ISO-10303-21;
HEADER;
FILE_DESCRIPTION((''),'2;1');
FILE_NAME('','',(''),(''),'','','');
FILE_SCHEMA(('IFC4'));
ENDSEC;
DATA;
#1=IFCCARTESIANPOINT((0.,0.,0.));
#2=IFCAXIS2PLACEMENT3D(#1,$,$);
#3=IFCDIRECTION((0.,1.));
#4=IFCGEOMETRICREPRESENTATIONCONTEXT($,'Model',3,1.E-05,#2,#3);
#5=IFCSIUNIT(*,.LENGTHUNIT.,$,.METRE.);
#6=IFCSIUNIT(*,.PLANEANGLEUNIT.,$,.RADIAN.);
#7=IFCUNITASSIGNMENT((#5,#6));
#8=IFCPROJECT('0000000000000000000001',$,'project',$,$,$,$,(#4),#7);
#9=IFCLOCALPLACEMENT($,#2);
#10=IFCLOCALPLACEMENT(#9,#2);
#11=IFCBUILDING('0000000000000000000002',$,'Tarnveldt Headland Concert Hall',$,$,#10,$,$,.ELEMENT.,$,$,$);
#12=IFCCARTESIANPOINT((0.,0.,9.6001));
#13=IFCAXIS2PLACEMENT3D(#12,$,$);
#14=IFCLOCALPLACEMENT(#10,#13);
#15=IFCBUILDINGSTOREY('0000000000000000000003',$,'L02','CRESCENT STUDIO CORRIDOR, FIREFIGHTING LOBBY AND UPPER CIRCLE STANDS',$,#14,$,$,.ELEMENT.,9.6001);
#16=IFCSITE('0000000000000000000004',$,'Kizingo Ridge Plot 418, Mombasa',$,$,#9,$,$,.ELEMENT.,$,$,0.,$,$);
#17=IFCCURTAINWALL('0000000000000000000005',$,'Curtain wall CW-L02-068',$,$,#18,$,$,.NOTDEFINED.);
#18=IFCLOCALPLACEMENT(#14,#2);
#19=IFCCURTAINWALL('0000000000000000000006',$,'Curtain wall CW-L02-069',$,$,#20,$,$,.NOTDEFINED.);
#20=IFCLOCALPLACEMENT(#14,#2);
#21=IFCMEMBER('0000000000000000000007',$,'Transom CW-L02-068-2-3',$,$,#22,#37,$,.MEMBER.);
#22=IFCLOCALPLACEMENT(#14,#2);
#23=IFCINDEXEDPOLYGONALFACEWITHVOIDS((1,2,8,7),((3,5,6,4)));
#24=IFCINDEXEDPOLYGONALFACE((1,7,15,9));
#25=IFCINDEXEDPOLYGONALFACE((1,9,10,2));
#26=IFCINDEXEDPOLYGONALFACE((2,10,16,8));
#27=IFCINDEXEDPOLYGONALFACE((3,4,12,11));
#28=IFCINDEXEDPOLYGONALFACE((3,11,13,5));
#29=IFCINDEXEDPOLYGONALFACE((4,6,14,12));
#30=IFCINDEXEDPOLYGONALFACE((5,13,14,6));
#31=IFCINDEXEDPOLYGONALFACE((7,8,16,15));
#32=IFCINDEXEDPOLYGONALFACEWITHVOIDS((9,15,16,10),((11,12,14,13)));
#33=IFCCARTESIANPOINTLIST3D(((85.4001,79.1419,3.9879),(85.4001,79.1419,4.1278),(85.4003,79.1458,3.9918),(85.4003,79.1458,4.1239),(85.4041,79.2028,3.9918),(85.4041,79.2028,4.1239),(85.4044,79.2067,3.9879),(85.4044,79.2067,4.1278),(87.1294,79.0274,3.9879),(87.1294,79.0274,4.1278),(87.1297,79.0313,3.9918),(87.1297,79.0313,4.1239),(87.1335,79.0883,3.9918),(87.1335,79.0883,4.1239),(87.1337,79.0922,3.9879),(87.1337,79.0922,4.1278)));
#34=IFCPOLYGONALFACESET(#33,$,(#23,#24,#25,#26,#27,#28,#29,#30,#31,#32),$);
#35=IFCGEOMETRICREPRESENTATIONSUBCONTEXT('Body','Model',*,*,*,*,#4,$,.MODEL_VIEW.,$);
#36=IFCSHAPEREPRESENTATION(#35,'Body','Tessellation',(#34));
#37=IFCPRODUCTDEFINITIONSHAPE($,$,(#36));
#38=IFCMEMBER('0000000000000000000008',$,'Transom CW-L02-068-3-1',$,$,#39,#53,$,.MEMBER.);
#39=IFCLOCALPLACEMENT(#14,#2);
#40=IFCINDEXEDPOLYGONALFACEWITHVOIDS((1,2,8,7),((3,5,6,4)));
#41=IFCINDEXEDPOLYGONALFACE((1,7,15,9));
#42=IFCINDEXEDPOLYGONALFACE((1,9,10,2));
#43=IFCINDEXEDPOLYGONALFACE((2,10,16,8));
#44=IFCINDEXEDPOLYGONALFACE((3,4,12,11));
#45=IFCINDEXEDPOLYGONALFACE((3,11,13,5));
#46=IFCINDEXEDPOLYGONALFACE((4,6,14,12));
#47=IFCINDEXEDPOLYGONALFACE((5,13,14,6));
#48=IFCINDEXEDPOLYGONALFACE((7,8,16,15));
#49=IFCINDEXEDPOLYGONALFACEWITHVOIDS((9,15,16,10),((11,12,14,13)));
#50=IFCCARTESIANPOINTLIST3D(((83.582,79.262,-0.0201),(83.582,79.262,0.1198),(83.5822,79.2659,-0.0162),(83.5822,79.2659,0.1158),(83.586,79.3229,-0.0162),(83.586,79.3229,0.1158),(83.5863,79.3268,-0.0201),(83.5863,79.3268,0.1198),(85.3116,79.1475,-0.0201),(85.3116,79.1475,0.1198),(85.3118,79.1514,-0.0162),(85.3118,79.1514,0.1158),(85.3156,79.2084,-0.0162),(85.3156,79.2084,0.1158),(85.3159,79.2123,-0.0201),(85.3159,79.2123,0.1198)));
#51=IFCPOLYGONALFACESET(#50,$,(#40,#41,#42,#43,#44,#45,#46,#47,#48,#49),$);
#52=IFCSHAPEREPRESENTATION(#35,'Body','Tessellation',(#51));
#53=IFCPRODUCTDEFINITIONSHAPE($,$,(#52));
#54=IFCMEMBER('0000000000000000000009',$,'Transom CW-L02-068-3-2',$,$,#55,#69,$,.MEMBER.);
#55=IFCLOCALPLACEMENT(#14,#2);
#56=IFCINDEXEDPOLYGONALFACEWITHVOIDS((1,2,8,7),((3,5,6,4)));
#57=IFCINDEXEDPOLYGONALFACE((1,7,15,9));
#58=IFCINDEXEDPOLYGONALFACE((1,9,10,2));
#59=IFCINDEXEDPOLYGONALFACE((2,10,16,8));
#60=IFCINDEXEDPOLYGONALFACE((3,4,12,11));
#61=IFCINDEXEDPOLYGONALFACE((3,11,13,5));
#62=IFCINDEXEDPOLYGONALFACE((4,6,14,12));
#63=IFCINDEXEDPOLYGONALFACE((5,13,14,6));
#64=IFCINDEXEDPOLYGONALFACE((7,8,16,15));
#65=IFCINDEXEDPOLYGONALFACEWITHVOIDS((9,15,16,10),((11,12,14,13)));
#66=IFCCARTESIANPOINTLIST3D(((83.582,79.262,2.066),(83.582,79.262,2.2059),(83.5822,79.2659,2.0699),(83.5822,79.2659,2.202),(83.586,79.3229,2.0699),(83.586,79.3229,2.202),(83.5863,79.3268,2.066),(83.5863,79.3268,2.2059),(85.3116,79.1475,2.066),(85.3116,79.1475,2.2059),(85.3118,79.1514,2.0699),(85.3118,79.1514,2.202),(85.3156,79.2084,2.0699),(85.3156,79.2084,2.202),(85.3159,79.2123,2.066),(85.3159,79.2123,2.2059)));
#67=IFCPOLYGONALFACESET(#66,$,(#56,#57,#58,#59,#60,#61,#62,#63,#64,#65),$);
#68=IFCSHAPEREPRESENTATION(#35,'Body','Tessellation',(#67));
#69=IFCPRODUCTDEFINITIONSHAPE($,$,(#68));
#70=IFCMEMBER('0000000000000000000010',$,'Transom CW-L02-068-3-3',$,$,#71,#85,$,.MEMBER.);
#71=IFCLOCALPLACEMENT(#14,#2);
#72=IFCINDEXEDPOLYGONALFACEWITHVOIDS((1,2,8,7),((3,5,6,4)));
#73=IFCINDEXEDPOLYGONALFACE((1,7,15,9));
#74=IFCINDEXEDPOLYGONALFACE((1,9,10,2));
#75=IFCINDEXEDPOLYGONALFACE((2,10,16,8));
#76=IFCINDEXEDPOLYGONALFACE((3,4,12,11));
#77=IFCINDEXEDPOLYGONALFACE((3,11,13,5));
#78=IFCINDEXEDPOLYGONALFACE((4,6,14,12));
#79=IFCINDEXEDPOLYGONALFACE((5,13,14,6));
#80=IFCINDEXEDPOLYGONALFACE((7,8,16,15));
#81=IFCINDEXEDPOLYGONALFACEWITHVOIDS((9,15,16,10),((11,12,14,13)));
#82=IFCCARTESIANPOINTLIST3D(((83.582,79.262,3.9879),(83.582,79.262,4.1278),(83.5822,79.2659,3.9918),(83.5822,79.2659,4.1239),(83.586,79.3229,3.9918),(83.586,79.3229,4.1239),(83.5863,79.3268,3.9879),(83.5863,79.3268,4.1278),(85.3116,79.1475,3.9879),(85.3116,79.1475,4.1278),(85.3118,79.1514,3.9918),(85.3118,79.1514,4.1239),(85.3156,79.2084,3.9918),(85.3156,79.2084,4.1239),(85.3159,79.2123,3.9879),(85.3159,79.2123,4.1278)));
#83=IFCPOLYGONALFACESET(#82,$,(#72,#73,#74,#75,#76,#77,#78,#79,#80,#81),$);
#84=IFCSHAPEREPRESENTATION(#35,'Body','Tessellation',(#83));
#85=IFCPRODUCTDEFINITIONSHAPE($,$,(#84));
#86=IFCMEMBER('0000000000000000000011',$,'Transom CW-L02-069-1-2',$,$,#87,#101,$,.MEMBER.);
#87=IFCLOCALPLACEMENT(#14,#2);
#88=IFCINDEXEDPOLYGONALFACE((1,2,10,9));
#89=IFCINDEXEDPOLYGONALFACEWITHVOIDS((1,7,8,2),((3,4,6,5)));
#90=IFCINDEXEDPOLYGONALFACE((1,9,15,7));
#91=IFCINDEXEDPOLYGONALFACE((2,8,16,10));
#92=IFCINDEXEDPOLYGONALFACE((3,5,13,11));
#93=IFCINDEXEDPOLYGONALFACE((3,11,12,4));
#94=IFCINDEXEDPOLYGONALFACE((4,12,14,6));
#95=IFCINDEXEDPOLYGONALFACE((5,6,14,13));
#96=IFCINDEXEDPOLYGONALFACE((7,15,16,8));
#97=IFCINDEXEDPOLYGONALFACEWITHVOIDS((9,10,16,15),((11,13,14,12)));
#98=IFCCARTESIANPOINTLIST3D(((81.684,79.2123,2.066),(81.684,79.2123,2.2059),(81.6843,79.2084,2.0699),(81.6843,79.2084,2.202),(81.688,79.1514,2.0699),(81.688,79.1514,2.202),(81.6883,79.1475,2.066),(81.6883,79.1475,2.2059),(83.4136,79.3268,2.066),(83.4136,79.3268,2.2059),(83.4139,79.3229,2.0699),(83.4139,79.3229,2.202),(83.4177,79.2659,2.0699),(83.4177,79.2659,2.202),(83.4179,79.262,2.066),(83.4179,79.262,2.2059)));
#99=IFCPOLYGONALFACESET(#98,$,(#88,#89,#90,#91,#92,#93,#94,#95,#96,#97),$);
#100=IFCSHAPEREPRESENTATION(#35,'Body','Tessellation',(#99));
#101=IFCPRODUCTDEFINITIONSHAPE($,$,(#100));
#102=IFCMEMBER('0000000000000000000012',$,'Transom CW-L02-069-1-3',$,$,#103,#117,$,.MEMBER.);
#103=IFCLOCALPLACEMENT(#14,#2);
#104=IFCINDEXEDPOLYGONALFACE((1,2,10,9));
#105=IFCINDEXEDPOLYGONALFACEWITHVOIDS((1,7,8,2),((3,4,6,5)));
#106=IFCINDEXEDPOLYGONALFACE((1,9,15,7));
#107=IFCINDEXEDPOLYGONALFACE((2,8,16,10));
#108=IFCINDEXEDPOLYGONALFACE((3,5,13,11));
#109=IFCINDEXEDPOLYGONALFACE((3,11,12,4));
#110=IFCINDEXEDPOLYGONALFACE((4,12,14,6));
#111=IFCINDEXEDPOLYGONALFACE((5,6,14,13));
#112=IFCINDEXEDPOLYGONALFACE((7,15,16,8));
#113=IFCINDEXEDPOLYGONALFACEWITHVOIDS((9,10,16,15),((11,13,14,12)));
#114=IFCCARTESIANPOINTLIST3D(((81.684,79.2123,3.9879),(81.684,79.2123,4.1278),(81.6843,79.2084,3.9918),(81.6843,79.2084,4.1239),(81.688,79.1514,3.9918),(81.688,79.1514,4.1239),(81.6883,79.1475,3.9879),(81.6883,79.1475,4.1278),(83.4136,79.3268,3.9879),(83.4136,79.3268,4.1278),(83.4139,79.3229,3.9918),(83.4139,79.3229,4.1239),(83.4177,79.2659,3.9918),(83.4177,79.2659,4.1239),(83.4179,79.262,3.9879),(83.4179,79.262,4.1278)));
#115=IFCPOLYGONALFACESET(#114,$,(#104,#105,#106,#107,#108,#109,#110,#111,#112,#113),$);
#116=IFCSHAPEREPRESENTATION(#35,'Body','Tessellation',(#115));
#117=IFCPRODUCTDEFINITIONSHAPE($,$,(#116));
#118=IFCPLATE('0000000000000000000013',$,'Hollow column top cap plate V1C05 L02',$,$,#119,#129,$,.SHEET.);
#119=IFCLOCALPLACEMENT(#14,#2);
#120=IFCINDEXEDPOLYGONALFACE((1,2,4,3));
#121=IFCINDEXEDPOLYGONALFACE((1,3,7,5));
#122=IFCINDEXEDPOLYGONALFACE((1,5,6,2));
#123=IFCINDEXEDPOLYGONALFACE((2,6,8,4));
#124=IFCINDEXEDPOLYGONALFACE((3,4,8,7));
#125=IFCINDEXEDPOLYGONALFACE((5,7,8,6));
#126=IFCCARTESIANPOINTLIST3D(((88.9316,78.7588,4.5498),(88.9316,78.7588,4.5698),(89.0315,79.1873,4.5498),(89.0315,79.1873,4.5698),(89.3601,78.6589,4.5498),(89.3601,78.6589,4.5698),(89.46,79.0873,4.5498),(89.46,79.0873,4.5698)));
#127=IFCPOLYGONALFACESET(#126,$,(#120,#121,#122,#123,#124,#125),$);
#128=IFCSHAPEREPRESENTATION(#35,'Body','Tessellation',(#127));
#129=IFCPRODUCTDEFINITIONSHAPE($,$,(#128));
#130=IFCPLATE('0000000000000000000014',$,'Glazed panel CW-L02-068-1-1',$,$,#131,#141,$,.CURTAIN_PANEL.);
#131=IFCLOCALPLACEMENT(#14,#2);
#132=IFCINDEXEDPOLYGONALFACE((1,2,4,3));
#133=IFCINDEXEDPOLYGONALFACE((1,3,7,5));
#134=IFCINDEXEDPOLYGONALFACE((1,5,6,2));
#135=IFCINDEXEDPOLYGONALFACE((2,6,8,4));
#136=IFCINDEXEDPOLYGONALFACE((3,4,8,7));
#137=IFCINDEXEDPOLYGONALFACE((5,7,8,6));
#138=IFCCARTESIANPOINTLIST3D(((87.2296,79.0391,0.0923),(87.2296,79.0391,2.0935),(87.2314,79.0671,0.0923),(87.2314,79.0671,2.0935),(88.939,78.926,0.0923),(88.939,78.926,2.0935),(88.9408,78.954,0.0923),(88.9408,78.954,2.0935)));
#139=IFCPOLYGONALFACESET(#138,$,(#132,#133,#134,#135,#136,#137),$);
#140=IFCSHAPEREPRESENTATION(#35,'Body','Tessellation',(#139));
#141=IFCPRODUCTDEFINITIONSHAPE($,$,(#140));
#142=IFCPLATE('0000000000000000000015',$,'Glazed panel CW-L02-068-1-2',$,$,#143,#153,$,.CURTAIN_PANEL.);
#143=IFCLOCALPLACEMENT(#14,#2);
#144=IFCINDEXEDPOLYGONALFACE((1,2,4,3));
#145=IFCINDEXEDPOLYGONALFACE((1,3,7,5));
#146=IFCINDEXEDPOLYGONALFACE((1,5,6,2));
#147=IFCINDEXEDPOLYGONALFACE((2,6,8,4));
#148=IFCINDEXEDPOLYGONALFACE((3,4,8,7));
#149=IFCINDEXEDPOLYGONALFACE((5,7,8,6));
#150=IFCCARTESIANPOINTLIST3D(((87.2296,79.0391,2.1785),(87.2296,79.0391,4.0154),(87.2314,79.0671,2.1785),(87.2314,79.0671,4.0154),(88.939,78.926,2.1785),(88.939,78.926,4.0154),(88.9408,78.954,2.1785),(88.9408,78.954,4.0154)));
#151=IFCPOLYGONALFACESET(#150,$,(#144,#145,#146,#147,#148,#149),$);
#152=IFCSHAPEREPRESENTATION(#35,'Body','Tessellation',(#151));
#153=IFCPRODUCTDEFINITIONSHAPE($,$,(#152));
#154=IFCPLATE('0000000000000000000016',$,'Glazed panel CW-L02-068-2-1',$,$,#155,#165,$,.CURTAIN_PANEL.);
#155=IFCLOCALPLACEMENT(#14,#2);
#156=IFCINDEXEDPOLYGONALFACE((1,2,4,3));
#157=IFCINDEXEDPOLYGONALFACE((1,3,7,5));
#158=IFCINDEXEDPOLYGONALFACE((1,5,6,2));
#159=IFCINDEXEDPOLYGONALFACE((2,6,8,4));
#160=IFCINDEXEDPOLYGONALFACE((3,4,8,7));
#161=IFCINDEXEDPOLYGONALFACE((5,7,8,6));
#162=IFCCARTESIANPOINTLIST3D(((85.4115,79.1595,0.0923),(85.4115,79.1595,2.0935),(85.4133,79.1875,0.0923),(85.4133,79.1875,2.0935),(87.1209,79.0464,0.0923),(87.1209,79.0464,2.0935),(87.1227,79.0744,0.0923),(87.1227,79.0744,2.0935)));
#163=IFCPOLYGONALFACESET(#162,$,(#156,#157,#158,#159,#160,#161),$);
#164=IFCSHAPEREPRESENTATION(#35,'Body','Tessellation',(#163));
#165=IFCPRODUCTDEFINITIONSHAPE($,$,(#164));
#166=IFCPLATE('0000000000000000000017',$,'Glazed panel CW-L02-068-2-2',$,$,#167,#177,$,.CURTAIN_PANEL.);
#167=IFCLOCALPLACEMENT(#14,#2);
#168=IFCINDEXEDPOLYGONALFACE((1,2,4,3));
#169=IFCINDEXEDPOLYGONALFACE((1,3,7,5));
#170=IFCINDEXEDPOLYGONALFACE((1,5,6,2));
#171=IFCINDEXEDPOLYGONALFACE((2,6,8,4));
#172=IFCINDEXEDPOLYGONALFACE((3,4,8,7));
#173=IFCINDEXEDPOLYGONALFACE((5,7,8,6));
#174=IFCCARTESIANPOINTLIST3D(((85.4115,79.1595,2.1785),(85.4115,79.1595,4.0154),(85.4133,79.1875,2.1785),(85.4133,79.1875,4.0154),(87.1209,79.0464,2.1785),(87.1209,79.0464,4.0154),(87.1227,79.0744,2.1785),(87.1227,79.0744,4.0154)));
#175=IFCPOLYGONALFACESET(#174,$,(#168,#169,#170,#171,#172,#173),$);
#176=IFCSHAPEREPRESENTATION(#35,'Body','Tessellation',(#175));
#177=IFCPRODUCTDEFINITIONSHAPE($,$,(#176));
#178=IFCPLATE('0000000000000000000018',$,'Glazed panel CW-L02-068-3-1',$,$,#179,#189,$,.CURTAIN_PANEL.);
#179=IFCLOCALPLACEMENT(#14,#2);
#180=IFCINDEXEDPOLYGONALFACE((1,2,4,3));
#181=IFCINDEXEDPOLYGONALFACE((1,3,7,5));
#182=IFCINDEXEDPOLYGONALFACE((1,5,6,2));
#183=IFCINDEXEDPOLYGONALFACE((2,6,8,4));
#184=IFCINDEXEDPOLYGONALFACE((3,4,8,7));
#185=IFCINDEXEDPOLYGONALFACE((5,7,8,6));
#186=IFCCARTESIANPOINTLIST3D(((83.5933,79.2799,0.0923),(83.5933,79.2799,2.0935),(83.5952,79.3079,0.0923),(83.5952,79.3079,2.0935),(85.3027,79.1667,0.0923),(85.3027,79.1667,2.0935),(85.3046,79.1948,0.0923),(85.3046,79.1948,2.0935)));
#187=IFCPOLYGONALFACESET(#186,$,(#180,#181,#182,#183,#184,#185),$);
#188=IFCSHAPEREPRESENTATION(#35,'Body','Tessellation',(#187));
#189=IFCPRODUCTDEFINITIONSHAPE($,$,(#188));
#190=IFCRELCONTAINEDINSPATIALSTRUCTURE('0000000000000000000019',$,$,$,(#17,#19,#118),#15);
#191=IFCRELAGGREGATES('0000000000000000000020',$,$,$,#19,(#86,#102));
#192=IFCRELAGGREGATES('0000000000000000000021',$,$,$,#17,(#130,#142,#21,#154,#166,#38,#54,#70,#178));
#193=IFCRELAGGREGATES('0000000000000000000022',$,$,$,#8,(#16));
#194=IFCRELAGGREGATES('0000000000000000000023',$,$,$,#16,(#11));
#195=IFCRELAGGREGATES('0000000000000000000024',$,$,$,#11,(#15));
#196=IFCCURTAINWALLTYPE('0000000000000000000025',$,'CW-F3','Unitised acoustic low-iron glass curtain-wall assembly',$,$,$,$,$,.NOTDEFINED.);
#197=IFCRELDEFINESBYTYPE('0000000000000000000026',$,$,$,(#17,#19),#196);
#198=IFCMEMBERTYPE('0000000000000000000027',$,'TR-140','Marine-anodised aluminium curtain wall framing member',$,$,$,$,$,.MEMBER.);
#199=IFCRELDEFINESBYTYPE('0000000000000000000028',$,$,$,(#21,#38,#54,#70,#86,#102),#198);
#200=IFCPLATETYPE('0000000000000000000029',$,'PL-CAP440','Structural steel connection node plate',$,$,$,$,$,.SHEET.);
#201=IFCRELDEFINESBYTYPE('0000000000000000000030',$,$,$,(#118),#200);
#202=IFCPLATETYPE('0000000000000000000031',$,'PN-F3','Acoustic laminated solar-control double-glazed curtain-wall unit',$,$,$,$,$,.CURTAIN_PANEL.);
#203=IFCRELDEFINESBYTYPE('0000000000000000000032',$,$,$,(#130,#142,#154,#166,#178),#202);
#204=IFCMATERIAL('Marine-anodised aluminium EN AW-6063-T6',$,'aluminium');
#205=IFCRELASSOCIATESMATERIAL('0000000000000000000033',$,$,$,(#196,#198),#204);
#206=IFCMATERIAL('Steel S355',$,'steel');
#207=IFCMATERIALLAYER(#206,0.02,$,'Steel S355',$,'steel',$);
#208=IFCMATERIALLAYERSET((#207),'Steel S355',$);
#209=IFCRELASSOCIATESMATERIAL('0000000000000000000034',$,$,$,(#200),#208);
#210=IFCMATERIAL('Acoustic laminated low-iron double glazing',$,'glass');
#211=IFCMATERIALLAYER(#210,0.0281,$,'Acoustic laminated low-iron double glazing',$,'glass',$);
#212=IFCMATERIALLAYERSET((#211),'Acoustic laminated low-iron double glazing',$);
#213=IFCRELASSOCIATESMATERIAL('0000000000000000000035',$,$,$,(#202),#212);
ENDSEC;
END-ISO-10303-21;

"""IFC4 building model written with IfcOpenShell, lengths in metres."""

from ifc_helpers import new_model, si_unit, direction, frame, origin, origin_2d, place, context, subcontext, project, spatial, rectangle, hollow_rectangle, extrude, material, layer, layer_set, material_profile, profile_set, type_object, element, aggregate, save


model = new_model("IFC4")

# Units and contexts
model_context = context("Model", 3, precision=1e-05, world=origin(), true_north=direction((0.0, 1.0)))
body_context = subcontext(model_context, "Body", "Model", "MODEL_VIEW")
ifc_project = project(units=[si_unit("LENGTHUNIT", "METRE"), si_unit("PLANEANGLEUNIT", "RADIAN")], contexts=[model_context])

# Site, building, storey
site_placement = place(None, origin())
site = spatial("IfcSite", under=ifc_project, at=site_placement, Name="Kizingo Ridge Plot 418, Mombasa", CompositionType="ELEMENT", RefElevation=0.0)
building_placement = place(site_placement, origin())
building = spatial("IfcBuilding", under=site, at=building_placement, Name="Tarnveldt Headland Concert Hall", CompositionType="ELEMENT")
storey_placement = place(building_placement, frame((0.0, 0.0, 9.6001)))
storey = spatial("IfcBuildingStorey", under=building, at=storey_placement, Name="L02", Description="CRESCENT STUDIO CORRIDOR, FIREFIGHTING LOBBY AND UPPER CIRCLE STANDS", CompositionType="ELEMENT", Elevation=9.6001)

# Shared definitions
ifc_material_1 = material(Name="Steel S355", Category="steel")

# Curtain wall
ifc_material_2 = material(Name="Marine-anodised aluminium EN AW-6063-T6", Category="aluminium")
curtain_wall_type = type_object("IfcCurtainWallType", Name="CW-F3", Description="Unitised acoustic low-iron glass curtain-wall assembly", PredefinedType="NOTDEFINED", material=ifc_material_2)
curtain_wall_1_placement = place(storey_placement, origin())
curtain_wall_1 = element("IfcCurtainWall", 1, at=curtain_wall_1_placement, inside=storey, type_object=curtain_wall_type, Name="Curtain wall CW-L02-068", PredefinedType="NOTDEFINED")

# Curtain wall
curtain_wall_2_placement = place(storey_placement, origin())
curtain_wall_2 = element("IfcCurtainWall", 2, at=curtain_wall_2_placement, inside=storey, type_object=curtain_wall_type, Name="Curtain wall CW-L02-069", PredefinedType="NOTDEFINED")

# Members
ifc_material_profile_1 = material_profile(ifc_material_2, hollow_rectangle(XDim=0.0649, YDim=0.1399, WallThickness=0.0039, at=origin_2d()), Name="ALU TRANSOM 65x140x4", Category="aluminium")
ifc_profile_set_1 = profile_set([ifc_material_profile_1], Name="Marine-anodised aluminium EN AW-6063-T6")
member_type_1 = type_object("IfcMemberType", Name="TR-140", Description="Marine-anodised aluminium curtain wall framing member", PredefinedType="MEMBER", material=ifc_profile_set_1)
member_1_placement = place(storey_placement, frame((87.1316, 79.0598, 4.0579), z_axis=(-0.997815, 0.06607, 0.0), x_axis=(-0.06607, -0.997815, 0.0)))
member_1 = element("IfcMember", 3, at=member_1_placement, type_object=member_type_1, Name="Transom CW-L02-068-2-3", PredefinedType="MEMBER", context=body_context, shape_type="SweptSolid", body=[
    extrude(hollow_rectangle(XDim=0.0649, YDim=0.1399, WallThickness=0.0039, at=origin_2d()), origin(), (0.0, 0.0, 1.0), 1.7332),
])
member_2_placement = place(storey_placement, frame((85.3137, 79.1799, 0.0498), z_axis=(-0.997816, 0.066061, 0.0), x_axis=(-0.066061, -0.997816, 0.0)))
member_2 = element("IfcMember", 4, at=member_2_placement, type_object=member_type_1, Name="Transom CW-L02-068-3-1", PredefinedType="MEMBER", context=body_context, shape_type="SweptSolid", body=[
    extrude(hollow_rectangle(XDim=0.0649, YDim=0.1399, WallThickness=0.0039, at=origin_2d()), origin(), (0.0, 0.0, 1.0), 1.7334),
])
member_3_placement = place(storey_placement, frame((85.3137, 79.1799, 2.136), z_axis=(-0.997816, 0.066061, 0.0), x_axis=(-0.066061, -0.997816, 0.0)))
member_3 = element("IfcMember", 5, at=member_3_placement, type_object=member_type_1, Name="Transom CW-L02-068-3-2", PredefinedType="MEMBER", context=body_context, shape_type="SweptSolid", body=[
    extrude(hollow_rectangle(XDim=0.0649, YDim=0.1399, WallThickness=0.0039, at=origin_2d()), origin(), (0.0, 0.0, 1.0), 1.7334),
])
member_4_placement = place(storey_placement, frame((85.3137, 79.1799, 4.0579), z_axis=(-0.997816, 0.066061, 0.0), x_axis=(-0.066061, -0.997816, 0.0)))
member_4 = element("IfcMember", 6, at=member_4_placement, type_object=member_type_1, Name="Transom CW-L02-068-3-3", PredefinedType="MEMBER", context=body_context, shape_type="SweptSolid", body=[
    extrude(hollow_rectangle(XDim=0.0649, YDim=0.1399, WallThickness=0.0039, at=origin_2d()), origin(), (0.0, 0.0, 1.0), 1.7334),
])
member_5_placement = place(storey_placement, frame((83.4158, 79.2944, 2.136), z_axis=(-0.997816, -0.066061, 0.0), x_axis=(0.066061, -0.997816, 0.0)))
member_5 = element("IfcMember", 7, at=member_5_placement, type_object=member_type_1, Name="Transom CW-L02-069-1-2", PredefinedType="MEMBER", context=body_context, shape_type="SweptSolid", body=[
    extrude(hollow_rectangle(XDim=0.0649, YDim=0.1399, WallThickness=0.0039, at=origin_2d()), origin(), (0.0, 0.0, 1.0), 1.7334),
])
member_6_placement = place(storey_placement, frame((83.4158, 79.2944, 4.0579), z_axis=(-0.997816, -0.066061, 0.0), x_axis=(0.066061, -0.997816, 0.0)))
member_6 = element("IfcMember", 8, at=member_6_placement, type_object=member_type_1, Name="Transom CW-L02-069-1-3", PredefinedType="MEMBER", context=body_context, shape_type="SweptSolid", body=[
    extrude(hollow_rectangle(XDim=0.0649, YDim=0.1399, WallThickness=0.0039, at=origin_2d()), origin(), (0.0, 0.0, 1.0), 1.7334),
])
aggregate(curtain_wall_2, [member_5, member_6])

# Plates
ifc_layer_1 = layer(ifc_material_1, 0.02, Name="Steel S355", Category="steel")
ifc_layer_set_1 = layer_set([ifc_layer_1], Name="Steel S355")
plate_type_1 = type_object("IfcPlateType", Name="PL-CAP440", Description="Structural steel connection node plate", PredefinedType="SHEET", material=ifc_layer_set_1)
plate_1_placement = place(storey_placement, frame((89.1958, 78.9231, 4.5498), z_axis=(0.0, 0.0, 1.0), x_axis=(0.227161, 0.973857, 0.0)))
element("IfcPlate", 9, at=plate_1_placement, inside=storey, type_object=plate_type_1, Name="Hollow column top cap plate V1C05 L02", PredefinedType="SHEET", context=body_context, shape_type="SweptSolid", body=[
    extrude(rectangle(XDim=0.4399, YDim=0.4399, at=origin_2d()), origin(), (0.0, 0.0, 1.0), 0.02),
])
ifc_material_3 = material(Name="Acoustic laminated low-iron double glazing", Category="glass")
ifc_layer_2 = layer(ifc_material_3, 0.0281, Name="Acoustic laminated low-iron double glazing", Category="glass")
ifc_layer_set_2 = layer_set([ifc_layer_2], Name="Acoustic laminated low-iron double glazing")
plate_type_2 = type_object("IfcPlateType", Name="PN-F3", Description="Acoustic laminated solar-control double-glazed curtain-wall unit", PredefinedType="CURTAIN_PANEL", material=ifc_layer_set_2)
plate_2_placement = place(storey_placement, frame((88.0852, 78.9966, 0.0923), z_axis=(0.0, 0.0, 1.0), x_axis=(-0.997818, 0.06603, 0.0)))
plate_2 = element("IfcPlate", 10, at=plate_2_placement, type_object=plate_type_2, Name="Glazed panel CW-L02-068-1-1", PredefinedType="CURTAIN_PANEL", context=body_context, shape_type="SweptSolid", body=[
    extrude(rectangle(XDim=1.7131, YDim=0.0281, at=origin_2d()), origin(), (0.0, 0.0, 1.0), 2.0012),
])
plate_3_placement = place(storey_placement, frame((88.0852, 78.9966, 2.1785), z_axis=(0.0, 0.0, 1.0), x_axis=(-0.997818, 0.06603, 0.0)))
plate_3 = element("IfcPlate", 11, at=plate_3_placement, type_object=plate_type_2, Name="Glazed panel CW-L02-068-1-2", PredefinedType="CURTAIN_PANEL", context=body_context, shape_type="SweptSolid", body=[
    extrude(rectangle(XDim=1.7131, YDim=0.0281, at=origin_2d()), origin(), (0.0, 0.0, 1.0), 1.8369),
])
plate_4_placement = place(storey_placement, frame((86.2671, 79.1169, 0.0923), z_axis=(0.0, 0.0, 1.0), x_axis=(-0.997818, 0.06603, 0.0)))
plate_4 = element("IfcPlate", 12, at=plate_4_placement, type_object=plate_type_2, Name="Glazed panel CW-L02-068-2-1", PredefinedType="CURTAIN_PANEL", context=body_context, shape_type="SweptSolid", body=[
    extrude(rectangle(XDim=1.7131, YDim=0.0281, at=origin_2d()), origin(), (0.0, 0.0, 1.0), 2.0012),
])
plate_5_placement = place(storey_placement, frame((86.2671, 79.1169, 2.1785), z_axis=(0.0, 0.0, 1.0), x_axis=(-0.997818, 0.06603, 0.0)))
plate_5 = element("IfcPlate", 13, at=plate_5_placement, type_object=plate_type_2, Name="Glazed panel CW-L02-068-2-2", PredefinedType="CURTAIN_PANEL", context=body_context, shape_type="SweptSolid", body=[
    extrude(rectangle(XDim=1.7131, YDim=0.0281, at=origin_2d()), origin(), (0.0, 0.0, 1.0), 1.8369),
])
plate_6_placement = place(storey_placement, frame((84.449, 79.2373, 0.0923), z_axis=(0.0, 0.0, 1.0), x_axis=(-0.997818, 0.06603, 0.0)))
plate_6 = element("IfcPlate", 14, at=plate_6_placement, type_object=plate_type_2, Name="Glazed panel CW-L02-068-3-1", PredefinedType="CURTAIN_PANEL", context=body_context, shape_type="SweptSolid", body=[
    extrude(rectangle(XDim=1.7131, YDim=0.0281, at=origin_2d()), origin(), (0.0, 0.0, 1.0), 2.0012),
])
aggregate(curtain_wall_1, [plate_2, plate_3, member_1, plate_4, plate_5, member_2, member_3, member_4, plate_6])

save(model, "model.ifc")
